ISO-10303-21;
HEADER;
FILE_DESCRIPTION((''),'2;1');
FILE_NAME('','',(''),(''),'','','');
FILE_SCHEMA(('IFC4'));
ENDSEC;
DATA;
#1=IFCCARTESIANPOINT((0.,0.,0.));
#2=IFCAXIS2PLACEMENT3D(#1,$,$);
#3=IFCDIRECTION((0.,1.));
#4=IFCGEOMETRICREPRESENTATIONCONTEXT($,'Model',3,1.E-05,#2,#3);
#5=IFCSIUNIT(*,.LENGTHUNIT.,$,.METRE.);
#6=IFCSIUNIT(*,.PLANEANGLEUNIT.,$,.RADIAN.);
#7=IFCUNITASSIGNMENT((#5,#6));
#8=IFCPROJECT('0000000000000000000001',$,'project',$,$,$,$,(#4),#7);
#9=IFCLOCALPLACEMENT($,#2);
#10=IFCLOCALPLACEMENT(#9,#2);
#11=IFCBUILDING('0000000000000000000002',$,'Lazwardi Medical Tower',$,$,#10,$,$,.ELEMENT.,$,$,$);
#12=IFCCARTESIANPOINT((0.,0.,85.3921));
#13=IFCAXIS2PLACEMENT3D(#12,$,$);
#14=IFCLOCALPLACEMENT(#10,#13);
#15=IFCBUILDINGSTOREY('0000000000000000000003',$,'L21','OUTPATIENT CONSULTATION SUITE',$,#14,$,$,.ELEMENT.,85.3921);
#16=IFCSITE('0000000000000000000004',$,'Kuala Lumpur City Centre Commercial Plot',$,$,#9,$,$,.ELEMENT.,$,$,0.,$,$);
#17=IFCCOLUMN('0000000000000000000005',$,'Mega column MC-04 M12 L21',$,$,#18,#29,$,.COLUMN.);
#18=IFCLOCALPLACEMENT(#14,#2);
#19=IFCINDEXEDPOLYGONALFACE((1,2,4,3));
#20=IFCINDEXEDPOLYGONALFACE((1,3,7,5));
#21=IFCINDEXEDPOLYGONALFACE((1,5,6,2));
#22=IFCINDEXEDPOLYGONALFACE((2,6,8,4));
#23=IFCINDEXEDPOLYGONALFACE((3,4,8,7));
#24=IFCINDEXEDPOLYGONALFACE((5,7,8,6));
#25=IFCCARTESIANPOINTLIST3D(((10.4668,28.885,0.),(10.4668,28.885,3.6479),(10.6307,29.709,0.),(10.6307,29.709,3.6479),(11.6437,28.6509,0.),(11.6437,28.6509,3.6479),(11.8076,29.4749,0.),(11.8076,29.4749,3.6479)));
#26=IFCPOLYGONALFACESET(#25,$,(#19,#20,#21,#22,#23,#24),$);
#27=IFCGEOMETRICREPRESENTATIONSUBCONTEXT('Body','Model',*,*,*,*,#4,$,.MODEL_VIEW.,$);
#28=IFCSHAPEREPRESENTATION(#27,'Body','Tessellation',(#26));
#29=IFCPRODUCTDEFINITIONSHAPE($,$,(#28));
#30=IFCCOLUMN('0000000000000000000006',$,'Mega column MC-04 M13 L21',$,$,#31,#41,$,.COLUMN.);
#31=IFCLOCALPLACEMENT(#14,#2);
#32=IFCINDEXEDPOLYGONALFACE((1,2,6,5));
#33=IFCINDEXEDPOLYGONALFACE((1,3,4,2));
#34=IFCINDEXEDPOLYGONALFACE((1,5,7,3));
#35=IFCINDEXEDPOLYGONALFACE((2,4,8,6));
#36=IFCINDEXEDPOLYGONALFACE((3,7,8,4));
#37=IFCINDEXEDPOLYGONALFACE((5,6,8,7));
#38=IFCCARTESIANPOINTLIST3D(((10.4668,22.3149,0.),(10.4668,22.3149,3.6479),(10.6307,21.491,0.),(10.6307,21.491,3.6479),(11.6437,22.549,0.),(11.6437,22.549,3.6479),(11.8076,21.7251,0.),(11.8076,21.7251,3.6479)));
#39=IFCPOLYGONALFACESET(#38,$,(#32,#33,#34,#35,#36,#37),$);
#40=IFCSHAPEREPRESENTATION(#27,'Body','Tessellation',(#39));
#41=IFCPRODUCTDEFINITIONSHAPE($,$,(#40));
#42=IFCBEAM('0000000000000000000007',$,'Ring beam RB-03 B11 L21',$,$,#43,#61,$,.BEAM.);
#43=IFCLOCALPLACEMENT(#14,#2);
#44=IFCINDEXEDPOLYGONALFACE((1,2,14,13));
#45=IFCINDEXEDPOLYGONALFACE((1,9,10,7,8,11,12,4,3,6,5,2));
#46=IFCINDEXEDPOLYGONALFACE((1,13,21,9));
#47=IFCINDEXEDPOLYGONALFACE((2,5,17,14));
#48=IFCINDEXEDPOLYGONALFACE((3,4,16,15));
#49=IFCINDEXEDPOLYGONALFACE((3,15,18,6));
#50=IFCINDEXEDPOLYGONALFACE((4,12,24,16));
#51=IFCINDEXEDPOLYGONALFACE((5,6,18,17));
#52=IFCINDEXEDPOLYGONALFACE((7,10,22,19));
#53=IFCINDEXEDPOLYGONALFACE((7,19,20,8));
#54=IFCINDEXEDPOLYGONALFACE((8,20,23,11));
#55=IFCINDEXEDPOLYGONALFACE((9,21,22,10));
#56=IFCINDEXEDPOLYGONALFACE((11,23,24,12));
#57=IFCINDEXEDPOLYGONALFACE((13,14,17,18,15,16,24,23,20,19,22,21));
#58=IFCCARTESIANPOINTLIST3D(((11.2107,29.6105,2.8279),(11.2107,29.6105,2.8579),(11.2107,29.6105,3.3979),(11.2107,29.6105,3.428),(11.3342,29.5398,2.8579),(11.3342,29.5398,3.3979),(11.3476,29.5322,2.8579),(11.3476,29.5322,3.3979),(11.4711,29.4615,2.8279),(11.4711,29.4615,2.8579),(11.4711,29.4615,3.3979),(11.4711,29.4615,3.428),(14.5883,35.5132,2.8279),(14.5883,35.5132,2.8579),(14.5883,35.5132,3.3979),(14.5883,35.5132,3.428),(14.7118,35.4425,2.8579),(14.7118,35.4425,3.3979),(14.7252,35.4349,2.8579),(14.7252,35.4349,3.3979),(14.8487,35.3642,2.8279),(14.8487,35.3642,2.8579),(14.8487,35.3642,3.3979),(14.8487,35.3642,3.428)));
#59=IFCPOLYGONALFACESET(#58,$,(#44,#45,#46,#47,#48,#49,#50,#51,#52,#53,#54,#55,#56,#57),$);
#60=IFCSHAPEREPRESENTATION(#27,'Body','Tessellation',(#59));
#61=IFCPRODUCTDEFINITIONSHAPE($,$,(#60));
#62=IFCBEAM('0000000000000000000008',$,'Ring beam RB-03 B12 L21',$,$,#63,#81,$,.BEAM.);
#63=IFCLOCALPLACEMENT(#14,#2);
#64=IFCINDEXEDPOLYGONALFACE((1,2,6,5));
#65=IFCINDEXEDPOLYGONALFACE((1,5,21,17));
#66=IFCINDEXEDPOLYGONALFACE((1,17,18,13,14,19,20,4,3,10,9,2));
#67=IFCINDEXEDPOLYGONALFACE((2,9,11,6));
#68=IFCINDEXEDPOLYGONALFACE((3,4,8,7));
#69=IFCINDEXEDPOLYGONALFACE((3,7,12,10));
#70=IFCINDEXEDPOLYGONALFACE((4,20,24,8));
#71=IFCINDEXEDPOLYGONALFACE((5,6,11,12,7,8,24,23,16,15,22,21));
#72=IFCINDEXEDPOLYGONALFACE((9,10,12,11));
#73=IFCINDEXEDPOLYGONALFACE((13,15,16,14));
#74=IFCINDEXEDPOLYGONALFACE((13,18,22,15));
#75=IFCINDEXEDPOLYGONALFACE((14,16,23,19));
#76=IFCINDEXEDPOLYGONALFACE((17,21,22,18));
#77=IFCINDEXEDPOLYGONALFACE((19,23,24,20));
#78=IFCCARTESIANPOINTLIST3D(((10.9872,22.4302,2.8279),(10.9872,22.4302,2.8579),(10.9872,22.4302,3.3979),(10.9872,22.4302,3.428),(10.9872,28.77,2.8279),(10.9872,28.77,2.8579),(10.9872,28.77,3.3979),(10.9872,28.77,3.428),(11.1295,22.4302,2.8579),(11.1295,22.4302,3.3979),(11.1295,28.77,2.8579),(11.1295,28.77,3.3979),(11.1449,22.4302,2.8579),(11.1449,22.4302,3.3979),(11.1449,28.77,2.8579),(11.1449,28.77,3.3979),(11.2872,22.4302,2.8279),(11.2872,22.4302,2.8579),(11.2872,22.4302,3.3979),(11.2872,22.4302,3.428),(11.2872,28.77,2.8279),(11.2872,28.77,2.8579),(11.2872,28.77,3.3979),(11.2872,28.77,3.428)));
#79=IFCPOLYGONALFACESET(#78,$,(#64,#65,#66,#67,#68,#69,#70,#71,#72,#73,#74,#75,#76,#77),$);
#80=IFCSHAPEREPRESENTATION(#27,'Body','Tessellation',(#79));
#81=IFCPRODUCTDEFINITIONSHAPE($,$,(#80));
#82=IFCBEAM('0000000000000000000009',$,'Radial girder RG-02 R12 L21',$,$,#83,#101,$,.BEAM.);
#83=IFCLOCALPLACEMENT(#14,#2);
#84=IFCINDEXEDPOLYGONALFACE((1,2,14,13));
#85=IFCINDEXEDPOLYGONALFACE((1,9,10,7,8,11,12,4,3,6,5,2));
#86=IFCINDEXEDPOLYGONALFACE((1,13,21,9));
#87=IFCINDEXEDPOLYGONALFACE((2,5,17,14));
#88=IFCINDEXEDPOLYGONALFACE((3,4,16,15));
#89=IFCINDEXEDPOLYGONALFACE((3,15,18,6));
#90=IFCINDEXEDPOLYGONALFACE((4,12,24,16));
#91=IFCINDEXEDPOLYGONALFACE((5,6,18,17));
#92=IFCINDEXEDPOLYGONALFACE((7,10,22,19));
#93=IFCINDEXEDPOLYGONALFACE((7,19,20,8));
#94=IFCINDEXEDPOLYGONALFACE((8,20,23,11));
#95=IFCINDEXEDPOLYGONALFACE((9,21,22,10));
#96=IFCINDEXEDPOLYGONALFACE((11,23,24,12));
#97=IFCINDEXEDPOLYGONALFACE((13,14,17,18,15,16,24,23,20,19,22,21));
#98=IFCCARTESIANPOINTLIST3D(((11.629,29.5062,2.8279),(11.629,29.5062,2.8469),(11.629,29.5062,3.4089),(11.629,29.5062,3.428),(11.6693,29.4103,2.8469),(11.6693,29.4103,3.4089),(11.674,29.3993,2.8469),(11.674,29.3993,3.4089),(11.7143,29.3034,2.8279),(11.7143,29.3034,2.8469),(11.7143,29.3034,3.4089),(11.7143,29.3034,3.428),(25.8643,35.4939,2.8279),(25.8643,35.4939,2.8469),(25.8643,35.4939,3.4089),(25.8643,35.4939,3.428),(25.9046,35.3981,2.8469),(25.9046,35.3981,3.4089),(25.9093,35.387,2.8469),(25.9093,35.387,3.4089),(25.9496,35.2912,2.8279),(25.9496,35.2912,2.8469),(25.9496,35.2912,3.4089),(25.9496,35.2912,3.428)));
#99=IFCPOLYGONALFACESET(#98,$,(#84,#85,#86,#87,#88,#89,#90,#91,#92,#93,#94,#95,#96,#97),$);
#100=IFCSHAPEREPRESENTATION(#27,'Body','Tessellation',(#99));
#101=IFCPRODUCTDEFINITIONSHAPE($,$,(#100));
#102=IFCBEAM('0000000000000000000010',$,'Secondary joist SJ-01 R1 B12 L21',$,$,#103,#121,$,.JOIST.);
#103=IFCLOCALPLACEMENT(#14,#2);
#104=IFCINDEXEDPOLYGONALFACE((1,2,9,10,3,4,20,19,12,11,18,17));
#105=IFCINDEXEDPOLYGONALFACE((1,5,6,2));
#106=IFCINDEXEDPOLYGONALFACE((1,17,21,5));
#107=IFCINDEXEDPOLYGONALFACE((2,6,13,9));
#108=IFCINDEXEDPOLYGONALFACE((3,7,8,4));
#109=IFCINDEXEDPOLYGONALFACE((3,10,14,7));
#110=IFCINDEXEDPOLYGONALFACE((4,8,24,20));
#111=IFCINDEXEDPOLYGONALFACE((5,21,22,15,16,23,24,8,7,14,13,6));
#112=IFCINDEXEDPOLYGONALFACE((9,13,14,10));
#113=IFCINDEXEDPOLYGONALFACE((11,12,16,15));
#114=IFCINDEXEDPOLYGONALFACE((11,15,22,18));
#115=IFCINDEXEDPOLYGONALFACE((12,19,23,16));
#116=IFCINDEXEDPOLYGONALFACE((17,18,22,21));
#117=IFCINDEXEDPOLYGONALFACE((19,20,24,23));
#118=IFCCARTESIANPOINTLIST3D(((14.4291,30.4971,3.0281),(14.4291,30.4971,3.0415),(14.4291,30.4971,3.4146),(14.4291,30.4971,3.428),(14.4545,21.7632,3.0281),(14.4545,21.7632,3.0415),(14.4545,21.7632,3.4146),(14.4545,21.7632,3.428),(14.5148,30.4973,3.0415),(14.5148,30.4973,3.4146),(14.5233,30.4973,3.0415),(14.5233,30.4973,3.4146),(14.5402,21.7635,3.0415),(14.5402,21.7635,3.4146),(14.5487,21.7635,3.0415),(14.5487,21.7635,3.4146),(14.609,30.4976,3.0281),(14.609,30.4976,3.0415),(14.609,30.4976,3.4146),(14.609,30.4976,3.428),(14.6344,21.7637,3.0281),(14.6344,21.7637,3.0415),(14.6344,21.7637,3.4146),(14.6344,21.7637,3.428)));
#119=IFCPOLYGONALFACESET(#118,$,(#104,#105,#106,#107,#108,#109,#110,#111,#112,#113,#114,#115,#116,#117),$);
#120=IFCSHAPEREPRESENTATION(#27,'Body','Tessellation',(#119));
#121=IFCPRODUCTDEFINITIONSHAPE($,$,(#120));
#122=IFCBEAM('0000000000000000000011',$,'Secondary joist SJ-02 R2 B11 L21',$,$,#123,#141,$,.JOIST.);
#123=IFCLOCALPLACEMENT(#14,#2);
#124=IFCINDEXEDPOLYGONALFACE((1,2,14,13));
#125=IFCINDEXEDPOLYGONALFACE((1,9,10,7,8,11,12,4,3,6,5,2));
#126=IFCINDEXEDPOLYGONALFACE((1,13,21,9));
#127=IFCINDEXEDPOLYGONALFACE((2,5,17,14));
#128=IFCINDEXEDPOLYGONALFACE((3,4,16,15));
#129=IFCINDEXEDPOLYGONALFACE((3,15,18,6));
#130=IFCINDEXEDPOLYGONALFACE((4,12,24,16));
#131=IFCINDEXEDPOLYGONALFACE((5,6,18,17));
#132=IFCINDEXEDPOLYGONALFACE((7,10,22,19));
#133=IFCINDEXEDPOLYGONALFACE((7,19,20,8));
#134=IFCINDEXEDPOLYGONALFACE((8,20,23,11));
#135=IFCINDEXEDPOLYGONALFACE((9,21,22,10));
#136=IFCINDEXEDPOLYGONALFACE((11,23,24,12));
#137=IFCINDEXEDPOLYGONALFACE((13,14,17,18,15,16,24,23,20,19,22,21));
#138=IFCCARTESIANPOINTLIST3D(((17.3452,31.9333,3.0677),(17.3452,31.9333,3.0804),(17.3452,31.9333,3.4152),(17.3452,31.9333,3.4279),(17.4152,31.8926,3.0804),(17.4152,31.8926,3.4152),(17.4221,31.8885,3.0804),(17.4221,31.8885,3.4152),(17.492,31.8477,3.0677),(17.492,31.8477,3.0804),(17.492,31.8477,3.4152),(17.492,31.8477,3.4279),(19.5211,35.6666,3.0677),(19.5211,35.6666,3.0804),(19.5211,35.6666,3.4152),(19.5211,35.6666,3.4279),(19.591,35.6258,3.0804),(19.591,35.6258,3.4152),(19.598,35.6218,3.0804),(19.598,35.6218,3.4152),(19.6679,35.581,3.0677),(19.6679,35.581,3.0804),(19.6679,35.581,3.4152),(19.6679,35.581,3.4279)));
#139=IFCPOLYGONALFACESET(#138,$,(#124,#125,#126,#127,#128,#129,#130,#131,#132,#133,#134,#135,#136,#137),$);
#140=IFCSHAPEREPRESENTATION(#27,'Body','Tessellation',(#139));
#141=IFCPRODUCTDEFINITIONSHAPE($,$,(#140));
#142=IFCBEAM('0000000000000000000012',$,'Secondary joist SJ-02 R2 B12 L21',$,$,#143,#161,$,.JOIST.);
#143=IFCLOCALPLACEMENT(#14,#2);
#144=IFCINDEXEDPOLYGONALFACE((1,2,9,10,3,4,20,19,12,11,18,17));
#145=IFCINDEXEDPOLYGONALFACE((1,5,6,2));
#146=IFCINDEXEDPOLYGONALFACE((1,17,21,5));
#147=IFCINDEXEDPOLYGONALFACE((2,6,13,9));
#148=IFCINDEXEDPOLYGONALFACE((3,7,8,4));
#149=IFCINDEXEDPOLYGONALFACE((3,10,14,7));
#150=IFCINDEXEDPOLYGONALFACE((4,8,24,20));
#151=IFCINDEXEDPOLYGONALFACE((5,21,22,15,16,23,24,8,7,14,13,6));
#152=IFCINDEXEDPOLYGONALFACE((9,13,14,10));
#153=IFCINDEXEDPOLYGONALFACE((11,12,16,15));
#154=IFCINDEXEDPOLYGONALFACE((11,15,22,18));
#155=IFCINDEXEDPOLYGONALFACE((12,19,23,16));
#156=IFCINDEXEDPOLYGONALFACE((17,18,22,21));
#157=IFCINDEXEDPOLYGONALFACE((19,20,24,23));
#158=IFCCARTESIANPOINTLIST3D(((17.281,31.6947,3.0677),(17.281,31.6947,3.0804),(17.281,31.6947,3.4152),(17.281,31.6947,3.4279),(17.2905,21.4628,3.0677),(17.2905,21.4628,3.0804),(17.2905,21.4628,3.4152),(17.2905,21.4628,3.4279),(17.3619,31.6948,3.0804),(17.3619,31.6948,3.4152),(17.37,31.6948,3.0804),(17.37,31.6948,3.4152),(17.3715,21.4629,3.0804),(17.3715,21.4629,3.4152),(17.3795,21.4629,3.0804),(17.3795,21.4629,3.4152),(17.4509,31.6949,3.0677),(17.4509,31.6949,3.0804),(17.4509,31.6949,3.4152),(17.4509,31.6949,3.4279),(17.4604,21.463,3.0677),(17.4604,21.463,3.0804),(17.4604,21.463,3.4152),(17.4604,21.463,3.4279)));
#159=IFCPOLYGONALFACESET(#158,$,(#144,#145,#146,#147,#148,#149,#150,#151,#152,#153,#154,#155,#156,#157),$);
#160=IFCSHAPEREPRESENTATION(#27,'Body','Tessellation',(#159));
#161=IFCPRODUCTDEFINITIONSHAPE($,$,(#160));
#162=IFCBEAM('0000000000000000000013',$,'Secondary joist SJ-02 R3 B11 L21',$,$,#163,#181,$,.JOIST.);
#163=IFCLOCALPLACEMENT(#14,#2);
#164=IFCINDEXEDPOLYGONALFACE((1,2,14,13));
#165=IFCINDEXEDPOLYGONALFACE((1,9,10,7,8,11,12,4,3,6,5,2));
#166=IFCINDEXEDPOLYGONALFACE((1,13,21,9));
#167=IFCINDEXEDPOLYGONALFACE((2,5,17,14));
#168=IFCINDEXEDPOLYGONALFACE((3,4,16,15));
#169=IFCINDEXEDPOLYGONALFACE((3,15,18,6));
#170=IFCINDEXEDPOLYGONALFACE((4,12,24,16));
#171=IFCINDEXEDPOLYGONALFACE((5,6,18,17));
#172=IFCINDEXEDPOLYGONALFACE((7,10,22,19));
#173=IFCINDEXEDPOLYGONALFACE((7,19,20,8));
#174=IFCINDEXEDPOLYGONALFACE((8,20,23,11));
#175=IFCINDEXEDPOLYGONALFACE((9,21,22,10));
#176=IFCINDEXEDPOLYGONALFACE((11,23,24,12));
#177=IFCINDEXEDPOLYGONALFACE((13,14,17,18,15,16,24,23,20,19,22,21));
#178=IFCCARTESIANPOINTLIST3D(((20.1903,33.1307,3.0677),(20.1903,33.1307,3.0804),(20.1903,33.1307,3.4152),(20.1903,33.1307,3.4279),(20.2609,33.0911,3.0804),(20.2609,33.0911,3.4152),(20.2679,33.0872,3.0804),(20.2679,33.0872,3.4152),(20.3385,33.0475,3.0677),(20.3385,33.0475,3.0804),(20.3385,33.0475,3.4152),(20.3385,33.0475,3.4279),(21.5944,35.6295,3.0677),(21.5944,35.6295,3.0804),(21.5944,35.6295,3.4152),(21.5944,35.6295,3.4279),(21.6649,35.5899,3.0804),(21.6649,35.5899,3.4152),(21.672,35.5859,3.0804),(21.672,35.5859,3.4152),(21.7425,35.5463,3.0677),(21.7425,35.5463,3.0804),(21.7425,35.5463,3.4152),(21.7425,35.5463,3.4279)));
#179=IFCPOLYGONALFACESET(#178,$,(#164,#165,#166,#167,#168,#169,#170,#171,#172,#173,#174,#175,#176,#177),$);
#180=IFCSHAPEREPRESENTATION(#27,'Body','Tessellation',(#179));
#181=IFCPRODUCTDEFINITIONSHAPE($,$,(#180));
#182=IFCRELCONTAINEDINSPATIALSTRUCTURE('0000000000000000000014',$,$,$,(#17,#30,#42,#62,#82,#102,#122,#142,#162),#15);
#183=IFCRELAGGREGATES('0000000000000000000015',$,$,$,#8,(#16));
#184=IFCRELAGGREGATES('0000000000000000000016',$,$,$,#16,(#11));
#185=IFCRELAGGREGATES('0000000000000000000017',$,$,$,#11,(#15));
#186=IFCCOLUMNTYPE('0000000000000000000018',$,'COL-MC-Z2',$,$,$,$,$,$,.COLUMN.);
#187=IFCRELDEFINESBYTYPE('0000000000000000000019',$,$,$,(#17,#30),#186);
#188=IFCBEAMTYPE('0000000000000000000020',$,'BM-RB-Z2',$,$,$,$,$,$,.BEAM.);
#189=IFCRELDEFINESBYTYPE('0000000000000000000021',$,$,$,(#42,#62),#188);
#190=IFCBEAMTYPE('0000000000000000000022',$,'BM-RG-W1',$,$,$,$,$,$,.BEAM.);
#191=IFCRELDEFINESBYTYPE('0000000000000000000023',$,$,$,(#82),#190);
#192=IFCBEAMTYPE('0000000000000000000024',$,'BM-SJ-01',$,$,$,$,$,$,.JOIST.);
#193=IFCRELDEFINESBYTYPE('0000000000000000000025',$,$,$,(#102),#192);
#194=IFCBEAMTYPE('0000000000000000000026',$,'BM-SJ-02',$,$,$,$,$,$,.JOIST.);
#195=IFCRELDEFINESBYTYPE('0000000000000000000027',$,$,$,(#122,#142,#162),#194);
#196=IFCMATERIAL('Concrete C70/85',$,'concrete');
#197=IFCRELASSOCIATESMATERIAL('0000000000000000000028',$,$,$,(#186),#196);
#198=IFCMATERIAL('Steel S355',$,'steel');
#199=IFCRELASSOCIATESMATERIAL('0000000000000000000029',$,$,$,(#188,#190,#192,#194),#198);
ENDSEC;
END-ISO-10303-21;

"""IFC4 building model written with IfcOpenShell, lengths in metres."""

from ifc_helpers import new_model, si_unit, direction, frame, origin, origin_2d, place, context, subcontext, project, spatial, rectangle, i_section, extrude, material, material_profile, profile_set, type_object, element, save


model = new_model("IFC4")

# Units and contexts
model_context = context("Model", 3, precision=1e-05, world=origin(), true_north=direction((0.0, 1.0)))
body_context = subcontext(model_context, "Body", "Model", "MODEL_VIEW")
ifc_project = project(units=[si_unit("LENGTHUNIT", "METRE"), si_unit("PLANEANGLEUNIT", "RADIAN")], contexts=[model_context])

# Site, building, storey
site_placement = place(None, origin())
site = spatial("IfcSite", under=ifc_project, at=site_placement, Name="Kuala Lumpur City Centre Commercial Plot", CompositionType="ELEMENT", RefElevation=0.0)
building_placement = place(site_placement, origin())
building = spatial("IfcBuilding", under=site, at=building_placement, Name="Lazwardi Medical Tower", CompositionType="ELEMENT")
storey_placement = place(building_placement, frame((0.0, 0.0, 85.3921)))
storey = spatial("IfcBuildingStorey", under=building, at=storey_placement, Name="L21", Description="OUTPATIENT CONSULTATION SUITE", CompositionType="ELEMENT", Elevation=85.3921)

# Columns
ifc_material_1 = material(Name="Concrete C70/85", Category="concrete")
ifc_material_profile_1 = material_profile(ifc_material_1, rectangle(XDim=1.2, YDim=0.8401, at=origin_2d()), Name="CFT-RECT 1200x840")
ifc_profile_set_1 = profile_set([ifc_material_profile_1], Name="Concrete C70/85")
column_type = type_object("IfcColumnType", Name="COL-MC-Z2", PredefinedType="COLUMN", material=ifc_profile_set_1)
for number, where, z_axis, x_axis, name in (
    (1, (11.1372, 29.1799, 0.0), (0.0, 0.0, 1.0), (-0.980785, 0.19509, 0.0), "Mega column MC-04 M12 L21"),
    (2, (11.1372, 22.02, 0.0), (0.0, 0.0, 1.0), (-0.980785, -0.19509, 0.0), "Mega column MC-04 M13 L21"),
):
    element("IfcColumn", number, at=place(storey_placement, frame(where, z_axis=z_axis, x_axis=x_axis)), inside=storey, type_object=column_type, Name=name, PredefinedType="COLUMN", context=body_context, shape_type="SweptSolid", body=[
        extrude(rectangle(XDim=1.2, YDim=0.8401, at=origin_2d()), origin(), (0.0, 0.0, 1.0), 3.6479),
    ])

# Beams
ifc_material_2 = material(Name="Steel S355", Category="steel")
ifc_material_profile_2 = material_profile(ifc_material_2, i_section(OverallWidth=0.3, OverallDepth=0.6001, WebThickness=0.0154, FlangeThickness=0.03, at=origin_2d()), Name="HEB 600")
ifc_profile_set_2 = profile_set([ifc_material_profile_2], Name="Steel S355")
beam_type_1 = type_object("IfcBeamType", Name="BM-RB-Z2", PredefinedType="BEAM", material=ifc_profile_set_2)
beam_1_placement = place(storey_placement, frame((14.7185, 35.4387, 3.1279), z_axis=(-0.496653, -0.867949, 0.0), x_axis=(0.867949, -0.496653, 0.0)))
element("IfcBeam", 3, at=beam_1_placement, inside=storey, type_object=beam_type_1, Name="Ring beam RB-03 B11 L21", PredefinedType="BEAM", context=body_context, shape_type="SweptSolid", body=[
    extrude(i_section(OverallWidth=0.3, OverallDepth=0.6001, WebThickness=0.0154, FlangeThickness=0.03, at=origin_2d()), origin(), (0.0, 0.0, 1.0), 6.8008),
])
beam_2_placement = place(storey_placement, frame((11.1372, 28.77, 3.1279), z_axis=(0.0, -1.0, 0.0), x_axis=(1.0, 0.0, 0.0)))
element("IfcBeam", 4, at=beam_2_placement, inside=storey, type_object=beam_type_1, Name="Ring beam RB-03 B12 L21", PredefinedType="BEAM", context=body_context, shape_type="SweptSolid", body=[
    extrude(i_section(OverallWidth=0.3, OverallDepth=0.6001, WebThickness=0.0154, FlangeThickness=0.03, at=origin_2d()), origin(), (0.0, 0.0, 1.0), 6.3398),
])
ifc_material_profile_3 = material_profile(ifc_material_2, i_section(OverallWidth=0.22, OverallDepth=0.6001, WebThickness=0.012, FlangeThickness=0.019, at=origin_2d()), Name="IPE 600")
ifc_profile_set_3 = profile_set([ifc_material_profile_3], Name="Steel S355")
beam_type_2 = type_object("IfcBeamType", Name="BM-RG-W1", PredefinedType="BEAM", material=ifc_profile_set_3)
beam_3_placement = place(storey_placement, frame((11.6716, 29.4048, 3.1279), z_axis=(0.921775, 0.387725, 0.0), x_axis=(-0.387725, 0.921775, 0.0)))
element("IfcBeam", 5, at=beam_3_placement, inside=storey, type_object=beam_type_2, Name="Radial girder RG-02 R12 L21", PredefinedType="BEAM", context=body_context, shape_type="SweptSolid", body=[
    extrude(i_section(OverallWidth=0.22, OverallDepth=0.6001, WebThickness=0.012, FlangeThickness=0.019, at=origin_2d()), origin(), (0.0, 0.0, 1.0), 15.4434),
])
ifc_material_profile_4 = material_profile(ifc_material_2, i_section(OverallWidth=0.1799, OverallDepth=0.3999, WebThickness=0.0085, FlangeThickness=0.0134, at=origin_2d()), Name="IPE 400")
ifc_profile_set_4 = profile_set([ifc_material_profile_4], Name="Steel S355")
beam_type_3 = type_object("IfcBeamType", Name="BM-SJ-01", PredefinedType="JOIST", material=ifc_profile_set_4)
beam_4_placement = place(storey_placement, frame((14.519, 30.4973, 3.228), z_axis=(0.002907, -0.999996, 0.0), x_axis=(0.999996, 0.002907, 0.0)))
element("IfcBeam", 6, at=beam_4_placement, inside=storey, type_object=beam_type_3, Name="Secondary joist SJ-01 R1 B12 L21", PredefinedType="JOIST", context=body_context, shape_type="SweptSolid", body=[
    extrude(i_section(OverallWidth=0.1799, OverallDepth=0.3999, WebThickness=0.0085, FlangeThickness=0.0134, at=origin_2d()), origin(), (0.0, 0.0, 1.0), 8.7339),
])
ifc_material_profile_5 = material_profile(ifc_material_2, i_section(OverallWidth=0.1699, OverallDepth=0.3601, WebThickness=0.0081, FlangeThickness=0.0127, at=origin_2d()), Name="IPE 360")
ifc_profile_set_5 = profile_set([ifc_material_profile_5], Name="Steel S355")
beam_type_4 = type_object("IfcBeamType", Name="BM-SJ-02", PredefinedType="JOIST", material=ifc_profile_set_5)
beam_5_placement = place(storey_placement, frame((19.5945, 35.6238, 3.2478), z_axis=(-0.503544, -0.863969, 0.0), x_axis=(0.863969, -0.503544, 0.0)))
element("IfcBeam", 7, at=beam_5_placement, inside=storey, type_object=beam_type_4, Name="Secondary joist SJ-02 R2 B11 L21", PredefinedType="JOIST", context=body_context, shape_type="SweptSolid", body=[
    extrude(i_section(OverallWidth=0.1699, OverallDepth=0.3601, WebThickness=0.0081, FlangeThickness=0.0127, at=origin_2d()), origin(), (0.0, 0.0, 1.0), 4.321),
])
beam_6_placement = place(storey_placement, frame((17.366, 31.6948, 3.2478), z_axis=(0.000931, -1.0, 0.0), x_axis=(1.0, 0.000931, 0.0)))
element("IfcBeam", 8, at=beam_6_placement, inside=storey, type_object=beam_type_4, Name="Secondary joist SJ-02 R2 B12 L21", PredefinedType="JOIST", context=body_context, shape_type="SweptSolid", body=[
    extrude(i_section(OverallWidth=0.1699, OverallDepth=0.3601, WebThickness=0.0081, FlangeThickness=0.0127, at=origin_2d()), origin(), (0.0, 0.0, 1.0), 10.2319),
])
beam_7_placement = place(storey_placement, frame((21.6685, 35.5879, 3.2478), z_axis=(-0.489861, -0.871801, 0.0), x_axis=(0.871801, -0.489861, 0.0)))
element("IfcBeam", 9, at=beam_7_placement, inside=storey, type_object=beam_type_4, Name="Secondary joist SJ-02 R3 B11 L21", PredefinedType="JOIST", context=body_context, shape_type="SweptSolid", body=[
    extrude(i_section(OverallWidth=0.1699, OverallDepth=0.3601, WebThickness=0.0081, FlangeThickness=0.0127, at=origin_2d()), origin(), (0.0, 0.0, 1.0), 2.8662),
])

save(model, "model.ifc")
